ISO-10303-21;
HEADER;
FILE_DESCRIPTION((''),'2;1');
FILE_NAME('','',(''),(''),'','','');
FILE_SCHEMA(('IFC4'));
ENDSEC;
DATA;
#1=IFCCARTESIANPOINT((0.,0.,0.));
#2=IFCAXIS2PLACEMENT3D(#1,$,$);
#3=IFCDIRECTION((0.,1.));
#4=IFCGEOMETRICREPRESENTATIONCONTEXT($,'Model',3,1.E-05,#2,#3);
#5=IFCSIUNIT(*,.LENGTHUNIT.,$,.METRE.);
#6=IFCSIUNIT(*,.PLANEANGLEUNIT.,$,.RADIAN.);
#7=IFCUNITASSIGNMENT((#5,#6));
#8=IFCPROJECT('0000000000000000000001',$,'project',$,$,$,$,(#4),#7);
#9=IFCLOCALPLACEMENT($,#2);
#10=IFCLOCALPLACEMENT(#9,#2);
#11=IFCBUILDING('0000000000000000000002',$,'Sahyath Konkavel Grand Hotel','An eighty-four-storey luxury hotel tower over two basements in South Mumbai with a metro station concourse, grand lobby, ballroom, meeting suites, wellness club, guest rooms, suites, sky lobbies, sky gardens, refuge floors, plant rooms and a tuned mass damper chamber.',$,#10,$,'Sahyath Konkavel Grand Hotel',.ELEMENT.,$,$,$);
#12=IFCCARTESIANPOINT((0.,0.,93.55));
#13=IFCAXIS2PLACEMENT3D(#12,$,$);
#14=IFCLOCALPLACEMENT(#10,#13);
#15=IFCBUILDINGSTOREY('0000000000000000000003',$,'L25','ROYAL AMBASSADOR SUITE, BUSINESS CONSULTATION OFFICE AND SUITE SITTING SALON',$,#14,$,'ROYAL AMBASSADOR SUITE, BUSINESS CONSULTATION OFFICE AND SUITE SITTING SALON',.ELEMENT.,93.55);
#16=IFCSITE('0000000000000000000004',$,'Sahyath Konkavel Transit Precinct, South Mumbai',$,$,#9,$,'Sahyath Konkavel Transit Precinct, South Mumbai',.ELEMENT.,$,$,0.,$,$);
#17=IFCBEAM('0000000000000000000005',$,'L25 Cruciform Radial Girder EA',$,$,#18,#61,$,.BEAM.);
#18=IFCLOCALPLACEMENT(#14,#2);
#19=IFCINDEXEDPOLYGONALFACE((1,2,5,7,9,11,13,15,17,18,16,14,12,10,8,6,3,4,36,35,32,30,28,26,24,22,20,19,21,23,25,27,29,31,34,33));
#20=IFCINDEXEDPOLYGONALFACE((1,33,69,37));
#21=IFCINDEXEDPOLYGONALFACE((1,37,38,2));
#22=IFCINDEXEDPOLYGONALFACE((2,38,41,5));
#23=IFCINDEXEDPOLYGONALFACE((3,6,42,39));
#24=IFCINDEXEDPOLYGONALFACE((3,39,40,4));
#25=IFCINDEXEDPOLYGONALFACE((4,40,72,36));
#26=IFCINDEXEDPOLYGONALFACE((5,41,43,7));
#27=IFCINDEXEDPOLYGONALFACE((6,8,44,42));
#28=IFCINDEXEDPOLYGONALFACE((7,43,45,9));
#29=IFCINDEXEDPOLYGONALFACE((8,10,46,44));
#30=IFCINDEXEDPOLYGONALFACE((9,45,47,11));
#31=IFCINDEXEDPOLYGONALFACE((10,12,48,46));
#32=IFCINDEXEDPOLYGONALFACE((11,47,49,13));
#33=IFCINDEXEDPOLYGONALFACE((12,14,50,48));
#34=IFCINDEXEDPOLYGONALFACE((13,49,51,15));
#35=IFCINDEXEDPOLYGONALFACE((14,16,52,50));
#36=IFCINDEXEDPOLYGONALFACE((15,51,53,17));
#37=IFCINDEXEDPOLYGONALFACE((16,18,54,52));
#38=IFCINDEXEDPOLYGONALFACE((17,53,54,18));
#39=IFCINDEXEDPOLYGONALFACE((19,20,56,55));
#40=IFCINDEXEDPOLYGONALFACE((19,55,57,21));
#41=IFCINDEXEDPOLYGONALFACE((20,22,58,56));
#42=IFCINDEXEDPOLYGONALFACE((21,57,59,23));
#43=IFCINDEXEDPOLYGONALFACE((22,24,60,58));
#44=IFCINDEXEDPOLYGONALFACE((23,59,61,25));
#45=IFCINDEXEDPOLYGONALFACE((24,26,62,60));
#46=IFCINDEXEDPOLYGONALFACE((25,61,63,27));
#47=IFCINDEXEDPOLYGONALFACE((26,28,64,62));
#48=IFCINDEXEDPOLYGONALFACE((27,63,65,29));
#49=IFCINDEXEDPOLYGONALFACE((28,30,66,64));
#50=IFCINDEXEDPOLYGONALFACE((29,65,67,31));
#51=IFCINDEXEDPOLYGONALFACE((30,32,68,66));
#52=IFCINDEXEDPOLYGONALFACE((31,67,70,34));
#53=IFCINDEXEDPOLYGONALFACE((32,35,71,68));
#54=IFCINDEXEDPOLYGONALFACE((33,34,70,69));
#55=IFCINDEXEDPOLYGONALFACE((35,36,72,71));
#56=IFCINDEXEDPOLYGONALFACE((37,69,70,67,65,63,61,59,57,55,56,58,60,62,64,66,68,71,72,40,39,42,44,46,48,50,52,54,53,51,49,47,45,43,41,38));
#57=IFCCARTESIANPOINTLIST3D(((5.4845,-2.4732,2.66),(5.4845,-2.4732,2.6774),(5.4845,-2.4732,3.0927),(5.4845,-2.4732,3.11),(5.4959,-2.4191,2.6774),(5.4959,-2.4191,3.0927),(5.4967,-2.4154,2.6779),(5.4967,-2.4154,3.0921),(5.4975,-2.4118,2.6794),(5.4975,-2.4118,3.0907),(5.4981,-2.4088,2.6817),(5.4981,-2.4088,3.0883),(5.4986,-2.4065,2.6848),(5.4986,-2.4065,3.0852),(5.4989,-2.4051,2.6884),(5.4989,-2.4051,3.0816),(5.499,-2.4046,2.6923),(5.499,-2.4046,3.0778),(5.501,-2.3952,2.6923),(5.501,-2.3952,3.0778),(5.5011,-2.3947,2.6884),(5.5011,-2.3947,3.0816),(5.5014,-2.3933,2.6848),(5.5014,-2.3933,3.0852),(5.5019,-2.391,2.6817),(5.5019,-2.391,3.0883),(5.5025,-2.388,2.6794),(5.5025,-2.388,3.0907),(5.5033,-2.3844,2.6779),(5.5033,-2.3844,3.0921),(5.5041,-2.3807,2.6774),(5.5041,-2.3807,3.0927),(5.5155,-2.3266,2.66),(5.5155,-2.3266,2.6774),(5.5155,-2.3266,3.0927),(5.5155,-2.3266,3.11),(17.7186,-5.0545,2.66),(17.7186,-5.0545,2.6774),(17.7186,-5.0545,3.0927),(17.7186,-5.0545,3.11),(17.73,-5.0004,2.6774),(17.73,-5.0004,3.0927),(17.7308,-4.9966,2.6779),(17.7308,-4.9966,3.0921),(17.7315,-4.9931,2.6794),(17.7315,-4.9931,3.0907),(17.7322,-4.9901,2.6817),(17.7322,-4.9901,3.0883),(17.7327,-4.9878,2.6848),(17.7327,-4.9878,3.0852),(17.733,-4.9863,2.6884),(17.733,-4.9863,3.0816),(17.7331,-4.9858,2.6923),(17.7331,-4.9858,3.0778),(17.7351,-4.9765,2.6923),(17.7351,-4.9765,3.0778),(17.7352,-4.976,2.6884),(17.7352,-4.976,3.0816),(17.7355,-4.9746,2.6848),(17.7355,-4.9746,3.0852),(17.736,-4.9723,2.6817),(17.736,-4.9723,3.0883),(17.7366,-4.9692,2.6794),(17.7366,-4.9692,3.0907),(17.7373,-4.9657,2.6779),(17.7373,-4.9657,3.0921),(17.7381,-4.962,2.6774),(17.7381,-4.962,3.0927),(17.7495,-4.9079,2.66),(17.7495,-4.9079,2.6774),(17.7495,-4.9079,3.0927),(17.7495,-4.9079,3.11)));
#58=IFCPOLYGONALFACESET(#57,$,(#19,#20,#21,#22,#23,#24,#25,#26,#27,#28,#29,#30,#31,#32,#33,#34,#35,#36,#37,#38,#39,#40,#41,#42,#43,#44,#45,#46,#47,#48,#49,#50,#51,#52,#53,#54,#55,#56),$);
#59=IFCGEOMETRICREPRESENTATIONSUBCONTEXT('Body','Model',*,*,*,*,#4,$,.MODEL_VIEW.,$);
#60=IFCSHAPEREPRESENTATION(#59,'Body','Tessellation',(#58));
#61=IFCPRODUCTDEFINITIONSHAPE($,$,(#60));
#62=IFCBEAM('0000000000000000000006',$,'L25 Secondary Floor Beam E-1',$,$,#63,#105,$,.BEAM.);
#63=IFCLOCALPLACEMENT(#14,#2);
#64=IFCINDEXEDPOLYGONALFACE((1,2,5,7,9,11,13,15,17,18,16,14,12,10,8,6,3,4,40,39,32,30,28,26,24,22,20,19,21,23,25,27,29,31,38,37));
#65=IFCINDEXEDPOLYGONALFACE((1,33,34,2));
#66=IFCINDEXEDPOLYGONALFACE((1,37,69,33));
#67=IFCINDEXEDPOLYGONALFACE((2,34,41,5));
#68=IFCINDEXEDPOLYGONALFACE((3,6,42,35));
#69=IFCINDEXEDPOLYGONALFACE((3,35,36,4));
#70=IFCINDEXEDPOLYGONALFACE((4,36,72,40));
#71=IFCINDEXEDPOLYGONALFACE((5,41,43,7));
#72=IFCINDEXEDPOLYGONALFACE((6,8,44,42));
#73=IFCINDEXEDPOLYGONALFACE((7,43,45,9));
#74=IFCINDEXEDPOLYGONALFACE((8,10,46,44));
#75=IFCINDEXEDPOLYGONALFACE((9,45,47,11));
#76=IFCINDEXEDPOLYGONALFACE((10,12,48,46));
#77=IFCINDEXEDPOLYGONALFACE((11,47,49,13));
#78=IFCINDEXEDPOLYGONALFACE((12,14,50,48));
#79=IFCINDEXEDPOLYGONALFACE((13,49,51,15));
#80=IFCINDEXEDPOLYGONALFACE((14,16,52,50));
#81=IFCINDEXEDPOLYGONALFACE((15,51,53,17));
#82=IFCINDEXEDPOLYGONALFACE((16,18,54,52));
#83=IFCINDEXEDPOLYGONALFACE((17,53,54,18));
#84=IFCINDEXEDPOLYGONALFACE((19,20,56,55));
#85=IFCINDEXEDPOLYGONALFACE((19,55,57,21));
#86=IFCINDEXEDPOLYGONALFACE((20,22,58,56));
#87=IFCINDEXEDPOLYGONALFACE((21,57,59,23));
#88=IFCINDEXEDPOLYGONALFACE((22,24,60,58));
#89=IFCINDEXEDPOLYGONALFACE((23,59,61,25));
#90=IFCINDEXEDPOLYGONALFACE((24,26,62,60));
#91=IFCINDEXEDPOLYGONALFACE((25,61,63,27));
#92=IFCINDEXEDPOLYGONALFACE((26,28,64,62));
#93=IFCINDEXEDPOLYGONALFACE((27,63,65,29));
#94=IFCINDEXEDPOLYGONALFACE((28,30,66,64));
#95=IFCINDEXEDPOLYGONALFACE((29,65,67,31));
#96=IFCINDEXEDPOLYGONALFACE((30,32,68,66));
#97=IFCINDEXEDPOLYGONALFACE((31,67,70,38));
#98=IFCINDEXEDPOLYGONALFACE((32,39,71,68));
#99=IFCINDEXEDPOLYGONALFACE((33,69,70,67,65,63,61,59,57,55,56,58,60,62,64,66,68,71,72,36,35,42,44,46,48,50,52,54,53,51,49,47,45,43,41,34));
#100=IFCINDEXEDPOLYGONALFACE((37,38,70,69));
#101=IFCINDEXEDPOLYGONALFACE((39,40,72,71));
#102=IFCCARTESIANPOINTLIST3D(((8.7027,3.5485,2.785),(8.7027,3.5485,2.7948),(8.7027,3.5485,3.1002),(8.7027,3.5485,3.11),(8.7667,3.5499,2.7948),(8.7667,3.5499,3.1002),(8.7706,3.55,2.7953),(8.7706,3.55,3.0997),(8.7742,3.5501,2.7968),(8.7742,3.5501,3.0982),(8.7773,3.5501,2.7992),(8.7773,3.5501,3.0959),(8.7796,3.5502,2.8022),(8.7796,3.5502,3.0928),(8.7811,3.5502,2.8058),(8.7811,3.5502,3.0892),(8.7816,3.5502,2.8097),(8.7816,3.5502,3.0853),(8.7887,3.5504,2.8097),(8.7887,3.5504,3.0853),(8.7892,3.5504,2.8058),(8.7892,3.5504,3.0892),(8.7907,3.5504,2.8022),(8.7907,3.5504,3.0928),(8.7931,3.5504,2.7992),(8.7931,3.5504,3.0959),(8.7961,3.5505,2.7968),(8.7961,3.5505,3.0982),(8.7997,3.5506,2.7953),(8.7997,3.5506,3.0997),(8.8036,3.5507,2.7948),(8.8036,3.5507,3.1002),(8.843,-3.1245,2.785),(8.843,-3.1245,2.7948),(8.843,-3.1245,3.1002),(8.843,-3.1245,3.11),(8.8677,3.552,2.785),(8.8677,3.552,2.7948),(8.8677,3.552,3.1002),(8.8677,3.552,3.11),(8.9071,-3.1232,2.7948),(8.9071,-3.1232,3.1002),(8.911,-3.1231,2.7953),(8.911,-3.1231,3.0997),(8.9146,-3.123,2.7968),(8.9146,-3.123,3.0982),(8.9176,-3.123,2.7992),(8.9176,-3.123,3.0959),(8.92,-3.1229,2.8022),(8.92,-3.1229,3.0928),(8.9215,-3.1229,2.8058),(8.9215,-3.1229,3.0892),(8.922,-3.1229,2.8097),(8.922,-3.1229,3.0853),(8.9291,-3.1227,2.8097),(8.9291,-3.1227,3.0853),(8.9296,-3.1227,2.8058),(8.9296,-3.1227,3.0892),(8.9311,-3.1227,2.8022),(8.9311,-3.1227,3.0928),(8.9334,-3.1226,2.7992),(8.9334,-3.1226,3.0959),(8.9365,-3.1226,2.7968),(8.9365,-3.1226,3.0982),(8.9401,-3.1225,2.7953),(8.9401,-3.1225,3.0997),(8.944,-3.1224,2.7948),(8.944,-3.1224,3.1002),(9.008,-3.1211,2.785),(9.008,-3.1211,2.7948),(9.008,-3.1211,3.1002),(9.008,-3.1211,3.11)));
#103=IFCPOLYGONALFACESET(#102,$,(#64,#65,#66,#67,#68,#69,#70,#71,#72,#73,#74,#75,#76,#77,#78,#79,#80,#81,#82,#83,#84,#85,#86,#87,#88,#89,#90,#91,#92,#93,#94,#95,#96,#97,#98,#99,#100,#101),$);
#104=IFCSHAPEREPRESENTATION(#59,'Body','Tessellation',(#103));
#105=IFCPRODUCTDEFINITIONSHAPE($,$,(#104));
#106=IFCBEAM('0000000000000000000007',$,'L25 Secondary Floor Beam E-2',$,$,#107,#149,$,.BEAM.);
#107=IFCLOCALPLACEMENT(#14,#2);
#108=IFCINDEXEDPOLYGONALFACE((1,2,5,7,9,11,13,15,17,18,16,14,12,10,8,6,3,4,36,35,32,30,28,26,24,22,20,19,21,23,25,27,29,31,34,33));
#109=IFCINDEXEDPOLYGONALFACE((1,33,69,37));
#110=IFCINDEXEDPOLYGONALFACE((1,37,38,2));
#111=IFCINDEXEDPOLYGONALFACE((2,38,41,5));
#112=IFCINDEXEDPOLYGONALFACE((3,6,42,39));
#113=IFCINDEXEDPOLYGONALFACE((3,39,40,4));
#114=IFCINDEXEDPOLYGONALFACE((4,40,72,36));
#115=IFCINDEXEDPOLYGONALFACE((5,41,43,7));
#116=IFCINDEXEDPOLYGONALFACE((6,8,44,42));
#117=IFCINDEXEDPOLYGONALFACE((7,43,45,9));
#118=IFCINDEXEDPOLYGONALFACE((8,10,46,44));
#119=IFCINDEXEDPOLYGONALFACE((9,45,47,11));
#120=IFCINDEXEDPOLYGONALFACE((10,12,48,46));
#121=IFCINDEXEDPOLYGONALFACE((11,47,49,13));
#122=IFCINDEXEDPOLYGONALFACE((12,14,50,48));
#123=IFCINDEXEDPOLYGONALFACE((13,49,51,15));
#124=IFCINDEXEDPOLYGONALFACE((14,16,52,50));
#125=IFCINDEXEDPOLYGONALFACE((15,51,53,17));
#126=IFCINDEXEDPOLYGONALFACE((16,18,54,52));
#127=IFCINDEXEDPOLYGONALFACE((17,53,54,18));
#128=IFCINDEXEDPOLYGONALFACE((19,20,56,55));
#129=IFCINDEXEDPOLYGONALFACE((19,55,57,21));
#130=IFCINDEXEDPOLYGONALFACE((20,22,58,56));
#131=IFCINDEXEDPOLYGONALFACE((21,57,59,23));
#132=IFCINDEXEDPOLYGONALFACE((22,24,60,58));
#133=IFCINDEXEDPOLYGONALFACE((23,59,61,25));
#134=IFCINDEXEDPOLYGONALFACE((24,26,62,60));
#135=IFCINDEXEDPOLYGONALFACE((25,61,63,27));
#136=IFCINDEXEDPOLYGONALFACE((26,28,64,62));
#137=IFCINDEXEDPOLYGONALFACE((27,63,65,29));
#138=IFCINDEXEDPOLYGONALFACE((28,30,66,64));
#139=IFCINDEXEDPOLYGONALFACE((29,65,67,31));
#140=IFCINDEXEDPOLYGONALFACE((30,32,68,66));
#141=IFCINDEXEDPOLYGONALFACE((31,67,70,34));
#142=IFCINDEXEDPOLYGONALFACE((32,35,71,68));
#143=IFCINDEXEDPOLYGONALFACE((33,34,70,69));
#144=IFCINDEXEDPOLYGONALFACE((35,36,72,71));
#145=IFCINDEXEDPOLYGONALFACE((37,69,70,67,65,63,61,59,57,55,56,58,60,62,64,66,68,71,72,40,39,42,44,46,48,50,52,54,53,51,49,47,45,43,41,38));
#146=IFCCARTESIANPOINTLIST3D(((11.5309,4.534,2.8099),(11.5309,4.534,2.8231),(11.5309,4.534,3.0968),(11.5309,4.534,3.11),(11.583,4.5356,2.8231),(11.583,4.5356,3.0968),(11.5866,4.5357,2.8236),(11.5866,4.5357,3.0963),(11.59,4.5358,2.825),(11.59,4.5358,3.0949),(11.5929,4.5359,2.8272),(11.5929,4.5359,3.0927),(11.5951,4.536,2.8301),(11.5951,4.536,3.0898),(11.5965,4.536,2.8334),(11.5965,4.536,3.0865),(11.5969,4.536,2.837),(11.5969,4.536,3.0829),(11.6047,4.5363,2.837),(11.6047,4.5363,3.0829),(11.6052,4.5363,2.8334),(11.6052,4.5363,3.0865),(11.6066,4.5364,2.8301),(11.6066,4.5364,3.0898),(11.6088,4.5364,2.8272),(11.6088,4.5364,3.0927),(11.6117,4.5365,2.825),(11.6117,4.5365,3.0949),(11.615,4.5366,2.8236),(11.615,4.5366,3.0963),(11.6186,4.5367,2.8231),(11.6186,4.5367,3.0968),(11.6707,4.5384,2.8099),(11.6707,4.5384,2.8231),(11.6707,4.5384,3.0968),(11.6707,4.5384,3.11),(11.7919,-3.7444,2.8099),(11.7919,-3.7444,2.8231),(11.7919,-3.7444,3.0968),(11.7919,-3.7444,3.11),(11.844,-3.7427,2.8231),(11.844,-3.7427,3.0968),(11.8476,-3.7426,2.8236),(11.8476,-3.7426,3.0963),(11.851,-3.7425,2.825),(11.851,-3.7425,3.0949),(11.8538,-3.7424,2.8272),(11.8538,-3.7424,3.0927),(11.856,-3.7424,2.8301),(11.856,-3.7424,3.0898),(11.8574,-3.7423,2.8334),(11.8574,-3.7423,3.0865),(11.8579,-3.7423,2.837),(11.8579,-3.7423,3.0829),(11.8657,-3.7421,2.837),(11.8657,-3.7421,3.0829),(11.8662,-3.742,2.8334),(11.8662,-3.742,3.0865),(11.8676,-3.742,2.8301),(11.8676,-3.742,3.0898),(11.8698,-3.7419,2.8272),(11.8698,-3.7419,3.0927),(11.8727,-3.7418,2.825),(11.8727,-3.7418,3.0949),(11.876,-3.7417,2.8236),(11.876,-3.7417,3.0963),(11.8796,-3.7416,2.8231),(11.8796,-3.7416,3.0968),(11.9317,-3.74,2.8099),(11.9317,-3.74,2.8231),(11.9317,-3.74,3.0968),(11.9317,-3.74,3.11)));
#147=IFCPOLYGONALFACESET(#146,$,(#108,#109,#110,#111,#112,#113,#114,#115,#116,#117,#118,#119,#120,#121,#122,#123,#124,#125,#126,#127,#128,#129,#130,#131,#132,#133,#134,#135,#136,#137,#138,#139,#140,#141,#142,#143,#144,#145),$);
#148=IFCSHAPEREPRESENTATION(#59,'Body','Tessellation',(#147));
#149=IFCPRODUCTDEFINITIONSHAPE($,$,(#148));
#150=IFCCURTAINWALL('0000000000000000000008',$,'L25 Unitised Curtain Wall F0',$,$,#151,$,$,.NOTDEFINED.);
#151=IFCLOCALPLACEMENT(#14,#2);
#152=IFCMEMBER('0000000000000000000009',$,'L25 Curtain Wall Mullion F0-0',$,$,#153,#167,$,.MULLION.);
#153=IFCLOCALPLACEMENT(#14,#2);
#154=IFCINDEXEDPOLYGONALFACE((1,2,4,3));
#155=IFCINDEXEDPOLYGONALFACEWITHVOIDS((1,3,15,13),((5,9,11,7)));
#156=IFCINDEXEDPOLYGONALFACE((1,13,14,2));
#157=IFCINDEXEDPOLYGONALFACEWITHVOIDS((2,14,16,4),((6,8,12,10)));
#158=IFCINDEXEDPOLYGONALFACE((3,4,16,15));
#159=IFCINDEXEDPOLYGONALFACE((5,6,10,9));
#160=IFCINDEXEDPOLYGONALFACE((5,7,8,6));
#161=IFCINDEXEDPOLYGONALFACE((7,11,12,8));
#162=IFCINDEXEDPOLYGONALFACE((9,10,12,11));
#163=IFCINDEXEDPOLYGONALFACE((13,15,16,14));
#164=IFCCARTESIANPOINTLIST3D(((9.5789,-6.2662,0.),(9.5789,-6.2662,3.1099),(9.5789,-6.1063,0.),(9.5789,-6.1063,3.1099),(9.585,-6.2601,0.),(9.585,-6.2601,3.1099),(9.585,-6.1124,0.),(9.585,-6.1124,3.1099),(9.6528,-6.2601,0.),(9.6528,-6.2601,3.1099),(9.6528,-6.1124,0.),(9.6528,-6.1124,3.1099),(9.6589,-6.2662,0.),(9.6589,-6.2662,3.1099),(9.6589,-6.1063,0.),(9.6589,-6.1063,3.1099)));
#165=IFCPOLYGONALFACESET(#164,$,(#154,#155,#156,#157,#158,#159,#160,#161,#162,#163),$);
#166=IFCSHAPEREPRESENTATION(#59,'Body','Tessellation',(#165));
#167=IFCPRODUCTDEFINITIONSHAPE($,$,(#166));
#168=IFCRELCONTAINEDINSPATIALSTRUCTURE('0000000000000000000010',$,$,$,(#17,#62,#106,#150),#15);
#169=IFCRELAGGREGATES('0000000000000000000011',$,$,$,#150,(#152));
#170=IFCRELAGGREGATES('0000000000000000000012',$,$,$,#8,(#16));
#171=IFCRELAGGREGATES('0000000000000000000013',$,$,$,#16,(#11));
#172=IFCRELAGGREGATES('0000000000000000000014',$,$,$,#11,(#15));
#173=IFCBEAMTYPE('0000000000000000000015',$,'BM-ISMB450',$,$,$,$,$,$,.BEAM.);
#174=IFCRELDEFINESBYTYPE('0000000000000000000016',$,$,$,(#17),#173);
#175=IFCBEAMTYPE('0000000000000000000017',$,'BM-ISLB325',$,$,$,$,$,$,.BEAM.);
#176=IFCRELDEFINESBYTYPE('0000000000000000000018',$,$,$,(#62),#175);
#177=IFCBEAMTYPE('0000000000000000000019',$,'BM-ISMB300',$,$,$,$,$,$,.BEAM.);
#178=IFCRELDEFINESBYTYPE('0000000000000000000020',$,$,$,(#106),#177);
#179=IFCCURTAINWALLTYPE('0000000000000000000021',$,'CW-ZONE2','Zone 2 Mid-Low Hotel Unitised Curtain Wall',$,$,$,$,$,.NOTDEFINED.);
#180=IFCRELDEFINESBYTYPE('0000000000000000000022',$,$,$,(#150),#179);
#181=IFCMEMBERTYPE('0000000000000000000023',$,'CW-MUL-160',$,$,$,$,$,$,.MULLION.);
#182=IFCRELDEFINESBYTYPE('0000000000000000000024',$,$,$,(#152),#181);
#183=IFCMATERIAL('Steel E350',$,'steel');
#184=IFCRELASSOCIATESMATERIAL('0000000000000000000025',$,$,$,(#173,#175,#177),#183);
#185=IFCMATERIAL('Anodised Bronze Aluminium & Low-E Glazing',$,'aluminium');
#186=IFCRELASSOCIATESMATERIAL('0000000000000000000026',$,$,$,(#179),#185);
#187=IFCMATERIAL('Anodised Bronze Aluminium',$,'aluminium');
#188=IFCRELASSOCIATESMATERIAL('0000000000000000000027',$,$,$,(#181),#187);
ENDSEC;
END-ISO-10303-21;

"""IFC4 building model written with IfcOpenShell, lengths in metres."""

from ifc_helpers import new_model, si_unit, direction, frame, origin, origin_2d, place, context, subcontext, project, spatial, hollow_rectangle, i_section, extrude, source, transform, mapped, material, material_profile, profile_set, type_object, element, aggregate, save


model = new_model("IFC4")

# Units and contexts
model_context = context("Model", 3, precision=1e-05, world=origin(), true_north=direction((0.0, 1.0)))
body_context = subcontext(model_context, "Body", "Model", "MODEL_VIEW")
ifc_project = project(units=[si_unit("LENGTHUNIT", "METRE"), si_unit("PLANEANGLEUNIT", "RADIAN")], contexts=[model_context])

# Site, building, storey
site_placement = place(None, origin())
site = spatial("IfcSite", under=ifc_project, at=site_placement, Name="Sahyath Konkavel Transit Precinct, South Mumbai", LongName="Sahyath Konkavel Transit Precinct, South Mumbai", CompositionType="ELEMENT", RefElevation=0.0)
building_placement = place(site_placement, origin())
building = spatial("IfcBuilding", under=site, at=building_placement, Name="Sahyath Konkavel Grand Hotel", Description="An eighty-four-storey luxury hotel tower over two basements in South Mumbai with a metro station concourse, grand lobby, ballroom, meeting suites, wellness club, guest rooms, suites, sky lobbies, sky gardens, refuge floors, plant rooms and a tuned mass damper chamber.", LongName="Sahyath Konkavel Grand Hotel", CompositionType="ELEMENT")
storey_placement = place(building_placement, frame((0.0, 0.0, 93.55)))
storey = spatial("IfcBuildingStorey", under=building, at=storey_placement, Name="L25", Description="ROYAL AMBASSADOR SUITE, BUSINESS CONSULTATION OFFICE AND SUITE SITTING SALON", LongName="ROYAL AMBASSADOR SUITE, BUSINESS CONSULTATION OFFICE AND SUITE SITTING SALON", CompositionType="ELEMENT", Elevation=93.55)

# Beams
ifc_material_1 = material(Name="Steel E350", Category="steel")
ifc_material_profile_1 = material_profile(ifc_material_1, i_section(OverallWidth=0.1499, OverallDepth=0.45, WebThickness=0.0095, FlangeThickness=0.0173, FilletRadius=0.0149, at=origin_2d()), Name="ISMB 450")
ifc_profile_set_1 = profile_set([ifc_material_profile_1], Name="Steel E350")
beam_type_1 = type_object("IfcBeamType", Name="BM-ISMB450", PredefinedType="BEAM", material=ifc_profile_set_1)
shared_shape_1 = source(origin(), body_context, "Body", "SweptSolid", [
    extrude(i_section(OverallWidth=0.1499, OverallDepth=0.45, WebThickness=0.0095, FlangeThickness=0.0173, FilletRadius=0.0149, at=origin_2d()), origin(), (0.0, 0.0, 1.0), 12.5034),
])
beam_1_placement = place(storey_placement, frame((5.5, -2.3999, 2.885), z_axis=(0.978458, -0.206446, 0.0), x_axis=(0.206446, 0.978458, 0.0)))
element("IfcBeam", 1, at=beam_1_placement, inside=storey, type_object=beam_type_1, Name="L25 Cruciform Radial Girder EA", PredefinedType="BEAM", context=body_context, shape_type="MappedRepresentation", body=[
    mapped(shared_shape_1, transform((0.0, 0.0, 0.0), scale=1.0)),
])
ifc_material_profile_2 = material_profile(ifc_material_1, i_section(OverallWidth=0.165, OverallDepth=0.325, WebThickness=0.0071, FlangeThickness=0.0098, FilletRadius=0.0149, at=origin_2d()), Name="ISLB 325")
ifc_profile_set_2 = profile_set([ifc_material_profile_2], Name="Steel E350")
beam_type_2 = type_object("IfcBeamType", Name="BM-ISLB325", PredefinedType="BEAM", material=ifc_profile_set_2)
shared_shape_2 = source(origin(), body_context, "Body", "SweptSolid", [
    extrude(i_section(OverallWidth=0.165, OverallDepth=0.325, WebThickness=0.0071, FlangeThickness=0.0098, FilletRadius=0.0149, at=origin_2d()), origin(), (0.0, 0.0, 1.0), 6.6746),
])
beam_2_placement = place(storey_placement, frame((8.9255, -3.1228, 2.9475), z_axis=(-0.021032, 0.999779, 0.0), x_axis=(-0.999779, -0.021032, 0.0)))
element("IfcBeam", 2, at=beam_2_placement, inside=storey, type_object=beam_type_2, Name="L25 Secondary Floor Beam E-1", PredefinedType="BEAM", context=body_context, shape_type="MappedRepresentation", body=[
    mapped(shared_shape_2, transform((0.0, 0.0, 0.0), scale=1.0)),
])
ifc_material_profile_3 = material_profile(ifc_material_1, i_section(OverallWidth=0.1399, OverallDepth=0.3, WebThickness=0.0078, FlangeThickness=0.0132, FilletRadius=0.0139, at=origin_2d()), Name="ISMB 300")
ifc_profile_set_3 = profile_set([ifc_material_profile_3], Name="Steel E350")
beam_type_3 = type_object("IfcBeamType", Name="BM-ISMB300", PredefinedType="BEAM", material=ifc_profile_set_3)
shared_shape_3 = source(origin(), body_context, "Body", "SweptSolid", [
    extrude(i_section(OverallWidth=0.1399, OverallDepth=0.3, WebThickness=0.0078, FlangeThickness=0.0132, FilletRadius=0.0139, at=origin_2d()), origin(), (0.0, 0.0, 1.0), 8.2825),
])
beam_3_placement = place(storey_placement, frame((11.8618, -3.7422, 2.96), z_axis=(-0.031511, 0.999503, 0.0), x_axis=(-0.999503, -0.031511, 0.0)))
element("IfcBeam", 3, at=beam_3_placement, inside=storey, type_object=beam_type_3, Name="L25 Secondary Floor Beam E-2", PredefinedType="BEAM", context=body_context, shape_type="MappedRepresentation", body=[
    mapped(shared_shape_3, transform((0.0, 0.0, 0.0), scale=1.0)),
])

# Curtain wall, member
ifc_material_2 = material(Name="Anodised Bronze Aluminium & Low-E Glazing", Category="aluminium")
curtain_wall_type = type_object("IfcCurtainWallType", Name="CW-ZONE2", Description="Zone 2 Mid-Low Hotel Unitised Curtain Wall", PredefinedType="NOTDEFINED", material=ifc_material_2)
curtain_wall_placement = place(storey_placement, origin())
curtain_wall = element("IfcCurtainWall", 4, at=curtain_wall_placement, inside=storey, type_object=curtain_wall_type, Name="L25 Unitised Curtain Wall F0", PredefinedType="NOTDEFINED")
ifc_material_3 = material(Name="Anodised Bronze Aluminium", Category="aluminium")
ifc_material_profile_4 = material_profile(ifc_material_3, hollow_rectangle(XDim=0.0801, YDim=0.1599, WallThickness=0.0061, at=origin_2d()), Name="RHS 160x80x6")
ifc_profile_set_4 = profile_set([ifc_material_profile_4], Name="Anodised Bronze Aluminium")
member_type_1 = type_object("IfcMemberType", Name="CW-MUL-160", PredefinedType="MULLION", material=ifc_profile_set_4)
shared_shape_4 = source(origin(), body_context, "Body", "SweptSolid", [
    extrude(hollow_rectangle(XDim=0.0801, YDim=0.1599, WallThickness=0.0061, at=origin_2d()), origin(), (0.0, 0.0, 1.0), 3.1099),
])
member_1_placement = place(storey_placement, frame((9.6189, -6.1863, 0.0), z_axis=(0.0, 0.0, 1.0), x_axis=(1.0, 0.0, 0.0)))
member_1 = element("IfcMember", 5, at=member_1_placement, type_object=member_type_1, Name="L25 Curtain Wall Mullion F0-0", PredefinedType="MULLION", context=body_context, shape_type="MappedRepresentation", body=[
    mapped(shared_shape_4, transform((0.0, 0.0, 0.0), scale=1.0)),
])
aggregate(curtain_wall, [member_1])

save(model, "model.ifc")
